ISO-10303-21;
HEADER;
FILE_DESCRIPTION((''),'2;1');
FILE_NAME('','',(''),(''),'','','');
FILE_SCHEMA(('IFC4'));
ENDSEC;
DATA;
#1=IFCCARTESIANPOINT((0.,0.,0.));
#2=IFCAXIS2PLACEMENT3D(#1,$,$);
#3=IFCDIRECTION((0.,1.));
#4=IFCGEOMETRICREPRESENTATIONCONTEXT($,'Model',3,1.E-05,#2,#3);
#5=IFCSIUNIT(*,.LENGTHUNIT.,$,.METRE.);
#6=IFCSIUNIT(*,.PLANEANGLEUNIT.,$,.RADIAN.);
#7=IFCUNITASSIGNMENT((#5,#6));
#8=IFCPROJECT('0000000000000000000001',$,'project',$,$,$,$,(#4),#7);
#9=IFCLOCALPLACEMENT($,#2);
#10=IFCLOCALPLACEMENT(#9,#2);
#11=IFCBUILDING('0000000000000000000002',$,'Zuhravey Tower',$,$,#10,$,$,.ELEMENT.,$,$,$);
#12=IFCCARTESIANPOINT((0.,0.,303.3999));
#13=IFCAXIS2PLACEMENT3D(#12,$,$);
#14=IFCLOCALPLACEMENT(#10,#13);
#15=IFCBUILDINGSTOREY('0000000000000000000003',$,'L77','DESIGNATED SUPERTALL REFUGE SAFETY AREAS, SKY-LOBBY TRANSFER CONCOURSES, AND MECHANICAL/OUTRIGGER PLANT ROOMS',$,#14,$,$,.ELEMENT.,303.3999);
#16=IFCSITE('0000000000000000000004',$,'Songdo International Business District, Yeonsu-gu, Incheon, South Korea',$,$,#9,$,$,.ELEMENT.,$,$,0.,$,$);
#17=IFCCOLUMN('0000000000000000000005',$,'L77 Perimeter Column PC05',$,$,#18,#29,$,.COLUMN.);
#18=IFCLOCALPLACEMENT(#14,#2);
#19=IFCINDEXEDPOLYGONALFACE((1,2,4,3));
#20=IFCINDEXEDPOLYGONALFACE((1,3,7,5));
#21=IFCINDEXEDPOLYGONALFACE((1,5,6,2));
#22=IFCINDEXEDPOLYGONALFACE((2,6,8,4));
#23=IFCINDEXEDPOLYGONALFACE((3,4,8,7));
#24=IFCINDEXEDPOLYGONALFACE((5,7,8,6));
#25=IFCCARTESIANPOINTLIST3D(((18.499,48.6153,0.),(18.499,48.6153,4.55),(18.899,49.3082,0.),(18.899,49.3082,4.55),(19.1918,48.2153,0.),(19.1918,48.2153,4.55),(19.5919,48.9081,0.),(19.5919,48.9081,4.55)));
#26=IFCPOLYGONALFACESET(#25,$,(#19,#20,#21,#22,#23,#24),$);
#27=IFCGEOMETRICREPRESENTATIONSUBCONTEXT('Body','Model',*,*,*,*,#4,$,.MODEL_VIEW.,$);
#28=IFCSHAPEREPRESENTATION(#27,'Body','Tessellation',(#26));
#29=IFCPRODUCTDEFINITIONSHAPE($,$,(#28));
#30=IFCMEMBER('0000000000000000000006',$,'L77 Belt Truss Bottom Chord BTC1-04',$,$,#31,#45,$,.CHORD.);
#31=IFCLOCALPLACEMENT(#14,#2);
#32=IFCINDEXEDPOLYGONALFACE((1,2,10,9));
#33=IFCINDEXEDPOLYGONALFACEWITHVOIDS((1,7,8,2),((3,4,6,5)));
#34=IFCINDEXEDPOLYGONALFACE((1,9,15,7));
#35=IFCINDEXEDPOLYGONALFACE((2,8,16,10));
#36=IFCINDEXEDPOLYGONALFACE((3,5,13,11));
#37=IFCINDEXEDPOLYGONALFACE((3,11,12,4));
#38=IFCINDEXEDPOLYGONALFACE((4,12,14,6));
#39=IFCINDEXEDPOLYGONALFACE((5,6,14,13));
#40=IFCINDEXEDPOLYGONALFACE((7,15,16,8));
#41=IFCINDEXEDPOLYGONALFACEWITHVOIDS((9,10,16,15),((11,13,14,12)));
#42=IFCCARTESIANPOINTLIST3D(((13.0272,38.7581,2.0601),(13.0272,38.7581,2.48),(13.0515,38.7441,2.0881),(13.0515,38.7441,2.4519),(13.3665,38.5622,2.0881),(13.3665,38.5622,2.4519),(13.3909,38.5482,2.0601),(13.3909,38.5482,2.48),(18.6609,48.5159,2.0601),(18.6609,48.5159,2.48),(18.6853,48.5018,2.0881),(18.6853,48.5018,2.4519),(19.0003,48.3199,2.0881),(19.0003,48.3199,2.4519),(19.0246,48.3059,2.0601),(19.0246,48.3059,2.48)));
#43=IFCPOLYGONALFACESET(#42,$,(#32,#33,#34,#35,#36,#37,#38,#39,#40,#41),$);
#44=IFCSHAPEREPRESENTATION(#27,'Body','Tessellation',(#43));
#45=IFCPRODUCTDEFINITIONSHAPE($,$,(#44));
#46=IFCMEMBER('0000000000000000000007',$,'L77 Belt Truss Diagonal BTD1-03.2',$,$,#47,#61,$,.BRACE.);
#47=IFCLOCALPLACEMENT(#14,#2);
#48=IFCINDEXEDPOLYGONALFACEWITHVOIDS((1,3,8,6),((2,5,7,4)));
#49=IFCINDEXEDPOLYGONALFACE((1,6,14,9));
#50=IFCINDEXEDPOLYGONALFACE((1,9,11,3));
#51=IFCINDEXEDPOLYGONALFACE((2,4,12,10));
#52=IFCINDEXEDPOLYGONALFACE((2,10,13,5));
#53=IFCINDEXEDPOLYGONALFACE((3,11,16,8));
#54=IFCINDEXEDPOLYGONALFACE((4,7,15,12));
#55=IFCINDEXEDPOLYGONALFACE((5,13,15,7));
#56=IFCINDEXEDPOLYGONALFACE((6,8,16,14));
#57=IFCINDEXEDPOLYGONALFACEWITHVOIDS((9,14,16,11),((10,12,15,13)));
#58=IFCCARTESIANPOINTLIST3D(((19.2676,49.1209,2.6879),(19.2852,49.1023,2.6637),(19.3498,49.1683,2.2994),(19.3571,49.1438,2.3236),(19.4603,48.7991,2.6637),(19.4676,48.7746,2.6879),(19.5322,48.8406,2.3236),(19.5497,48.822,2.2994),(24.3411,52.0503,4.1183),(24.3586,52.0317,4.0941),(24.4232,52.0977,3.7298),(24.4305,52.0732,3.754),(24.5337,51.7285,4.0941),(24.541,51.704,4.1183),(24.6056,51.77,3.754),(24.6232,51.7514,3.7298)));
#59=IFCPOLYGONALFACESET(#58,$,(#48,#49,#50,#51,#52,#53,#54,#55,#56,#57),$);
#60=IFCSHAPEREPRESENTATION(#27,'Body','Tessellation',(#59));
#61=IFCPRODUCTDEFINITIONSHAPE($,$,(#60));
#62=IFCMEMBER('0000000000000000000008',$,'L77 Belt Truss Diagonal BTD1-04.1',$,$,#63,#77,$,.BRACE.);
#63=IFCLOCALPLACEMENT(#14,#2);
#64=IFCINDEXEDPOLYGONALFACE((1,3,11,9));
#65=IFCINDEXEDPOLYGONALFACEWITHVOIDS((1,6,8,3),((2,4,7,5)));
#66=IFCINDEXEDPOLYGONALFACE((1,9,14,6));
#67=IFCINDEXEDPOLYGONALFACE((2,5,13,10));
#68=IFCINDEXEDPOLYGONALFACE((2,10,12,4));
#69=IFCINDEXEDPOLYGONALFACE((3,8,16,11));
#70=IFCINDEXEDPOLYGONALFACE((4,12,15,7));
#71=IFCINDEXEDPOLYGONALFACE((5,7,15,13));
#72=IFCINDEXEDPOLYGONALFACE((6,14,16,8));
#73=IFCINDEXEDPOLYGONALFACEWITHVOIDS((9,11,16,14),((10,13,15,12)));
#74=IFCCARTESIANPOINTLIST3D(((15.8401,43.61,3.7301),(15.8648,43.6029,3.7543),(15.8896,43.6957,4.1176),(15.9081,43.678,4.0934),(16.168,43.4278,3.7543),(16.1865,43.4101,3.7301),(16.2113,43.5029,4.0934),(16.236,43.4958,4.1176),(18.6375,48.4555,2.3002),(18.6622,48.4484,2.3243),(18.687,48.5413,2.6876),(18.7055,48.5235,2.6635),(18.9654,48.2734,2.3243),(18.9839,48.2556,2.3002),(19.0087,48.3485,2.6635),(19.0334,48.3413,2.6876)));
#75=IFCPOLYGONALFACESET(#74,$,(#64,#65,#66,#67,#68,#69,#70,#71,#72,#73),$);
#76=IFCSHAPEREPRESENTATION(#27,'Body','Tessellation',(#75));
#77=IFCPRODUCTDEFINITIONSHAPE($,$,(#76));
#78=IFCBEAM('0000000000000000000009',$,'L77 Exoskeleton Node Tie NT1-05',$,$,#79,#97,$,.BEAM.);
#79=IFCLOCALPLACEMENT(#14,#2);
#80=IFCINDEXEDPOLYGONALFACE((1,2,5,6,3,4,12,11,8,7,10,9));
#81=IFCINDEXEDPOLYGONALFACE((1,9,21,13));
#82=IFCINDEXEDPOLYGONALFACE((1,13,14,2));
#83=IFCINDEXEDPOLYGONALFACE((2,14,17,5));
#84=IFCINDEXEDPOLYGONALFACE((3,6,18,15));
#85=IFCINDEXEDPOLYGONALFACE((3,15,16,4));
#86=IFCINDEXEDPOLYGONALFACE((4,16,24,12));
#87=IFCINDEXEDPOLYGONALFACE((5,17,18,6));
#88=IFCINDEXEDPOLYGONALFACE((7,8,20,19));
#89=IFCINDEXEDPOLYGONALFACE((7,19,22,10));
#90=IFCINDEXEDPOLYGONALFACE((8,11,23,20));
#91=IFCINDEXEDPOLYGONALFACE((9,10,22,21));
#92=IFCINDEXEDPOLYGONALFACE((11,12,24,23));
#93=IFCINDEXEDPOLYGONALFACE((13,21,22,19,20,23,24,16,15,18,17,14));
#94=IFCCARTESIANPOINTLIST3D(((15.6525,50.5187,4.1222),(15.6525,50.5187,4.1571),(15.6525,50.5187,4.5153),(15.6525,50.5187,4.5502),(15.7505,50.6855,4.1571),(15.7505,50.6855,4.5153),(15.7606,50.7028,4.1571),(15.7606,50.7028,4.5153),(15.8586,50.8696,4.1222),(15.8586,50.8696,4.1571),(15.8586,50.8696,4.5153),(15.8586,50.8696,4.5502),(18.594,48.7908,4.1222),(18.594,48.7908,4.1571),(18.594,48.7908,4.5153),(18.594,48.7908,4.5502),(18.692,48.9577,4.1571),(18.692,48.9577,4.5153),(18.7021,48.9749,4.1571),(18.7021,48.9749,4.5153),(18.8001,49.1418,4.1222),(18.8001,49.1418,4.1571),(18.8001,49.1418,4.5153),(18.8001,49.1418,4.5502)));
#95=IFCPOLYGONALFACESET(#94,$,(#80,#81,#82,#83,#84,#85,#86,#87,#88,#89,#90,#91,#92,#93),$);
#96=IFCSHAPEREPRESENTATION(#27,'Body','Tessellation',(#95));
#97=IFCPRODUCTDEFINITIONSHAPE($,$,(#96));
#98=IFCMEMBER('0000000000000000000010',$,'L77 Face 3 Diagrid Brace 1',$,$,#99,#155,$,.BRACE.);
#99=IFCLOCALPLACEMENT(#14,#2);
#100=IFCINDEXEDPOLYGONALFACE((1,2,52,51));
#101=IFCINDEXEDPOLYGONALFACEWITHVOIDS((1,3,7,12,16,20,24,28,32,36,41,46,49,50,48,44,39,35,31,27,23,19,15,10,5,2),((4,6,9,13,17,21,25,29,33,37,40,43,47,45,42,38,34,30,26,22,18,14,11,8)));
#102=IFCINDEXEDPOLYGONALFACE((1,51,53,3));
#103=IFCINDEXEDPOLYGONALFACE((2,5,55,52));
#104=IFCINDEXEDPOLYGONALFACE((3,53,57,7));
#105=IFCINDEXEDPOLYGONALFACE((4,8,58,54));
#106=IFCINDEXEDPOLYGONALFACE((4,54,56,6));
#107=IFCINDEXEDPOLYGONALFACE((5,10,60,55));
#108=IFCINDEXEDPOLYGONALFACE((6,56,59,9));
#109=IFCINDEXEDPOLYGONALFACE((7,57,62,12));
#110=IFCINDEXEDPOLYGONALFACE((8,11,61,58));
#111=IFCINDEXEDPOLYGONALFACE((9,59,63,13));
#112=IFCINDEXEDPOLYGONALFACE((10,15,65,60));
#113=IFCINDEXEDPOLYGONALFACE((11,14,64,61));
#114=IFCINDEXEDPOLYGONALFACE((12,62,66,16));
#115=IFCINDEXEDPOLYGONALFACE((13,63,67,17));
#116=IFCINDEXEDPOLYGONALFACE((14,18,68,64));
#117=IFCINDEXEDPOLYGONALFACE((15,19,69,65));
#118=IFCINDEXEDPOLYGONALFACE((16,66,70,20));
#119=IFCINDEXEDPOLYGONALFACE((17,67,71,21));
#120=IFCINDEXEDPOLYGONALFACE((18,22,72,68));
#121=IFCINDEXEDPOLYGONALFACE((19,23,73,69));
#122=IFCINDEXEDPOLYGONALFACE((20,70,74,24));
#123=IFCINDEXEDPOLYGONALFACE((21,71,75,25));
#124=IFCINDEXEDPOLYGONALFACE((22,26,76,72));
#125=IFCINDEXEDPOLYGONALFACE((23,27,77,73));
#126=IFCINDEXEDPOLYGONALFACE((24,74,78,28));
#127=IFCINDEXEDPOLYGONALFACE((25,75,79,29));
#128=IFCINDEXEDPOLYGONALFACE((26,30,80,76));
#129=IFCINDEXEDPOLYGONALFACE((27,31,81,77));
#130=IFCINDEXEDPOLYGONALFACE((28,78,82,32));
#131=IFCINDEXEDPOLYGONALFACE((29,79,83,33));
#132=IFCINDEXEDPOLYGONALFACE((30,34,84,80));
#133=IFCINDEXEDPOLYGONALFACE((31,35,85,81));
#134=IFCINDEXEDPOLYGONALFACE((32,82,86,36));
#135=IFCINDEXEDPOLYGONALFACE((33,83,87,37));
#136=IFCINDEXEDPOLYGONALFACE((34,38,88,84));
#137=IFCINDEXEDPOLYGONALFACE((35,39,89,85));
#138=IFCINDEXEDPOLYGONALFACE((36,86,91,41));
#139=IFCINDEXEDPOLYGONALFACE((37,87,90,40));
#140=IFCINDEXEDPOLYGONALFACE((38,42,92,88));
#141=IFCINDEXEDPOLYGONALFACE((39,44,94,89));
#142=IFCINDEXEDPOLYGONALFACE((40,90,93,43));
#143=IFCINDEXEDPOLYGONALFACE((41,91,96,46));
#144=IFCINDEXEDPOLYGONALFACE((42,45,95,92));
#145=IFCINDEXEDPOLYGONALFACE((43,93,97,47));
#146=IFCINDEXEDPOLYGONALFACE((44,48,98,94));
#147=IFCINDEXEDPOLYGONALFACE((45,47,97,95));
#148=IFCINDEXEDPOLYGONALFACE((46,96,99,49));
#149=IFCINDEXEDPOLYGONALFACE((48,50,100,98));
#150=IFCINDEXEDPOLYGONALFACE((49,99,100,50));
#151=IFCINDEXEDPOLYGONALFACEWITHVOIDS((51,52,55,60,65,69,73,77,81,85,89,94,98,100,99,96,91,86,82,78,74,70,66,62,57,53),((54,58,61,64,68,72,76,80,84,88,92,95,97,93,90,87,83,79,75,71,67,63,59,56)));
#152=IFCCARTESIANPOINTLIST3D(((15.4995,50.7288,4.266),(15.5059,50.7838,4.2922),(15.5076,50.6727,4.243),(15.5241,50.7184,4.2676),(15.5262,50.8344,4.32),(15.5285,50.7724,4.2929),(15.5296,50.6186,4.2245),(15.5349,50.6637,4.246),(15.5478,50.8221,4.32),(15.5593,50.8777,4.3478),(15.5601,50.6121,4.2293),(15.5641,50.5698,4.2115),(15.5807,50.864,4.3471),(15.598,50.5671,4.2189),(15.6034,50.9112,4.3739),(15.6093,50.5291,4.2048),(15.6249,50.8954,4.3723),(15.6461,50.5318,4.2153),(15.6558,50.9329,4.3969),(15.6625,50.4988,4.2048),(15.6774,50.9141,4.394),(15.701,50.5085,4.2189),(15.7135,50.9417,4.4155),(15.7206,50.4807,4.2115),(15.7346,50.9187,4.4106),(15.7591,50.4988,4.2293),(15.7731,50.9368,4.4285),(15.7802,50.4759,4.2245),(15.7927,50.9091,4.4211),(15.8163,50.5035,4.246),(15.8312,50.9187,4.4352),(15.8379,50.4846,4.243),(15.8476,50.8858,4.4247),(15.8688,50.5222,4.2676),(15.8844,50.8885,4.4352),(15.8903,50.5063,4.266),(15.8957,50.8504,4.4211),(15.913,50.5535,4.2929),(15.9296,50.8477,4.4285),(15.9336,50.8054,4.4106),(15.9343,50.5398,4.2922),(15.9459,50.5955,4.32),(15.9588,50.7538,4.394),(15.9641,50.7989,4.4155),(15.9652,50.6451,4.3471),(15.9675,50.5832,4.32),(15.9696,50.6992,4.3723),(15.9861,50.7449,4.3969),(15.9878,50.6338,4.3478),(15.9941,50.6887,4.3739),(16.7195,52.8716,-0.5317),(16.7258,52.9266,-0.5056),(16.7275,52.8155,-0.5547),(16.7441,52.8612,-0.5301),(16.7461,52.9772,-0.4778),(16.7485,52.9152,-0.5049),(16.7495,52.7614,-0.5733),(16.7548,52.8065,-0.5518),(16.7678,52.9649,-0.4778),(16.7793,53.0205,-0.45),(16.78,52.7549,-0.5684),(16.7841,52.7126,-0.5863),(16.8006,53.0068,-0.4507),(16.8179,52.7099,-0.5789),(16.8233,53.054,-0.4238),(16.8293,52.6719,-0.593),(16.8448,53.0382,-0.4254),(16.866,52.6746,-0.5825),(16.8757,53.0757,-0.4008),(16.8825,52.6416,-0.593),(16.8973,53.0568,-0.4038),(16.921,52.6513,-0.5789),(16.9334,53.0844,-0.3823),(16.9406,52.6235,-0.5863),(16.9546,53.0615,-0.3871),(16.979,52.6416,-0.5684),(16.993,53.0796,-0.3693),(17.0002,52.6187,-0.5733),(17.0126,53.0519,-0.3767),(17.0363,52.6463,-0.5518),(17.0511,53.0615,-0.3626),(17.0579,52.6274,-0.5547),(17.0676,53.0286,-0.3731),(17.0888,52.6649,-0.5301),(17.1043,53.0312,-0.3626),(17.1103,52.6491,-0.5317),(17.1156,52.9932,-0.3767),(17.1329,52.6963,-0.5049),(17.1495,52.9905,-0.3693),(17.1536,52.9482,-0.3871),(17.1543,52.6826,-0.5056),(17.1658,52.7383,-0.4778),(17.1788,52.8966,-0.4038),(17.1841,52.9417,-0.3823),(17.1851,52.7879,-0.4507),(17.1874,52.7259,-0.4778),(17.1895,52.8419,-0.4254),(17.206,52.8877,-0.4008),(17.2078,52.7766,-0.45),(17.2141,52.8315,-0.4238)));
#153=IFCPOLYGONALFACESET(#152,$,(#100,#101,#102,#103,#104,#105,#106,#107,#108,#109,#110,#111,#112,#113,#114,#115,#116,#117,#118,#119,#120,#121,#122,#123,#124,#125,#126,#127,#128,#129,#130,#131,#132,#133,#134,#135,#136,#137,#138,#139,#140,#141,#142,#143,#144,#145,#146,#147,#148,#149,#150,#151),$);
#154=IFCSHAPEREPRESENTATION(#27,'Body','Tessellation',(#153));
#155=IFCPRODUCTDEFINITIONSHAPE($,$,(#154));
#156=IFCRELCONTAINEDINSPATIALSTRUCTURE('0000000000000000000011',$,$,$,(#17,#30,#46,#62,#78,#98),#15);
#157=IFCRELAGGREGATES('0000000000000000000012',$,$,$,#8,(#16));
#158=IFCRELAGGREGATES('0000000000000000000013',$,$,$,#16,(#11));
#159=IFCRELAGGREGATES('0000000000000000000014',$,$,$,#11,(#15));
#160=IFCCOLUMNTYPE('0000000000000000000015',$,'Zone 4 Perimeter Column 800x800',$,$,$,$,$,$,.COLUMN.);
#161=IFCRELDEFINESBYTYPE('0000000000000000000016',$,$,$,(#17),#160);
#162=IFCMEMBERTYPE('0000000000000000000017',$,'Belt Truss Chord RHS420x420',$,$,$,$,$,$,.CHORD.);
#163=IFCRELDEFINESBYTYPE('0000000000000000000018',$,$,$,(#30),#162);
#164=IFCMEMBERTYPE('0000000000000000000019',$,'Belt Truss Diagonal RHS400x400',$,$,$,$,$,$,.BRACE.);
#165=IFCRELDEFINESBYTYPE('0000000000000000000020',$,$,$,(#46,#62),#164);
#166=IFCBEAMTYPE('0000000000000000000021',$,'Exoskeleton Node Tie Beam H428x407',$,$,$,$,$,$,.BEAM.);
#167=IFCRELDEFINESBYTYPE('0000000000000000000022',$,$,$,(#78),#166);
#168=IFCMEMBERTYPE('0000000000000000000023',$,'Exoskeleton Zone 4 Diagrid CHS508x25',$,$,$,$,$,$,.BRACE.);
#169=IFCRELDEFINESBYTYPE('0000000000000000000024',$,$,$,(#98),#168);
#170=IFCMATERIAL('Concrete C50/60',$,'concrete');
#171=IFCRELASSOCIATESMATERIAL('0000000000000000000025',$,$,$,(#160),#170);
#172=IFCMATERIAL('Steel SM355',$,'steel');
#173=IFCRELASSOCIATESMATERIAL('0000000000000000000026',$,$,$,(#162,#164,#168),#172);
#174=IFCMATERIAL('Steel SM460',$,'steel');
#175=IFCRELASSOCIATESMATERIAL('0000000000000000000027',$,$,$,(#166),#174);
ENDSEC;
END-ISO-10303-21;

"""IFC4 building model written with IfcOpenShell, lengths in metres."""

from ifc_helpers import new_model, si_unit, direction, frame, origin, origin_2d, place, context, subcontext, project, spatial, rectangle, hollow_rectangle, hollow_circle, i_section, extrude, material, material_profile, profile_set, type_object, element, save


model = new_model("IFC4")

# Units and contexts
model_context = context("Model", 3, precision=1e-05, world=origin(), true_north=direction((0.0, 1.0)))
body_context = subcontext(model_context, "Body", "Model", "MODEL_VIEW")
ifc_project = project(units=[si_unit("LENGTHUNIT", "METRE"), si_unit("PLANEANGLEUNIT", "RADIAN")], contexts=[model_context])

# Site, building, storey
site_placement = place(None, origin())
site = spatial("IfcSite", under=ifc_project, at=site_placement, Name="Songdo International Business District, Yeonsu-gu, Incheon, South Korea", CompositionType="ELEMENT", RefElevation=0.0)
building_placement = place(site_placement, origin())
building = spatial("IfcBuilding", under=site, at=building_placement, Name="Zuhravey Tower", CompositionType="ELEMENT")
storey_placement = place(building_placement, frame((0.0, 0.0, 303.3999)))
storey = spatial("IfcBuildingStorey", under=building, at=storey_placement, Name="L77", Description="DESIGNATED SUPERTALL REFUGE SAFETY AREAS, SKY-LOBBY TRANSFER CONCOURSES, AND MECHANICAL/OUTRIGGER PLANT ROOMS", CompositionType="ELEMENT", Elevation=303.3999)

# Column
ifc_material_1 = material(Name="Concrete C50/60", Category="concrete")
ifc_material_profile_1 = material_profile(ifc_material_1, rectangle(XDim=0.8, YDim=0.8, at=origin_2d()), Name="RC-800x800")
ifc_profile_set_1 = profile_set([ifc_material_profile_1], Name="Concrete C50/60")
column_type = type_object("IfcColumnType", Name="Zone 4 Perimeter Column 800x800", PredefinedType="COLUMN", material=ifc_profile_set_1)
column_placement = place(storey_placement, frame((19.0454, 48.7617, 0.0), z_axis=(0.0, 0.0, 1.0), x_axis=(-0.5, -0.866025, 0.0)))
element("IfcColumn", 1, at=column_placement, inside=storey, type_object=column_type, Name="L77 Perimeter Column PC05", PredefinedType="COLUMN", context=body_context, shape_type="SweptSolid", body=[
    extrude(rectangle(XDim=0.8, YDim=0.8, at=origin_2d()), origin(), (0.0, 0.0, 1.0), 4.55),
])

# Members
ifc_material_2 = material(Name="Steel SM355", Category="steel")
ifc_material_profile_2 = material_profile(ifc_material_2, hollow_rectangle(XDim=0.4199, YDim=0.4199, WallThickness=0.0281, at=origin_2d()), Name="RHS-420x420x28")
ifc_profile_set_2 = profile_set([ifc_material_profile_2], Name="Steel SM355")
member_type_1 = type_object("IfcMemberType", Name="Belt Truss Chord RHS420x420", PredefinedType="CHORD", material=ifc_profile_set_2)
member_1_placement = place(storey_placement, frame((18.8428, 48.4109, 2.27), z_axis=(-0.500008, -0.866021, 0.0), x_axis=(0.866021, -0.500008, 0.0)))
element("IfcMember", 2, at=member_1_placement, inside=storey, type_object=member_type_1, Name="L77 Belt Truss Bottom Chord BTC1-04", PredefinedType="CHORD", context=body_context, shape_type="SweptSolid", body=[
    extrude(hollow_rectangle(XDim=0.4199, YDim=0.4199, WallThickness=0.0281, at=origin_2d()), origin(), (0.0, 0.0, 1.0), 11.2673),
])
ifc_material_profile_3 = material_profile(ifc_material_2, hollow_rectangle(XDim=0.3999, YDim=0.3999, WallThickness=0.0249, at=origin_2d()), Name="RHS-400x400x25")
ifc_profile_set_3 = profile_set([ifc_material_profile_3], Name="Steel SM355")
member_type_2 = type_object("IfcMemberType", Name="Belt Truss Diagonal RHS400x400", PredefinedType="BRACE", material=ifc_profile_set_3)
member_2_placement = place(storey_placement, frame((19.4087, 48.9714, 2.4937), z_axis=(0.841292, 0.485764, 0.237194), x_axis=(-0.500034, 0.866006, 0.0)))
element("IfcMember", 3, at=member_2_placement, inside=storey, type_object=member_type_2, Name="L77 Belt Truss Diagonal BTD1-03.2", PredefinedType="BRACE", context=body_context, shape_type="SweptSolid", body=[
    extrude(hollow_rectangle(XDim=0.3999, YDim=0.3999, WallThickness=0.0249, at=origin_2d()), origin(), (0.0, 0.0, 1.0), 6.0305),
])
member_3_placement = place(storey_placement, frame((18.8354, 48.3984, 2.4939), z_axis=(-0.484408, -0.839068, 0.247615), x_axis=(0.866038, -0.499978, 0.0)))
element("IfcMember", 4, at=member_3_placement, inside=storey, type_object=member_type_2, Name="L77 Belt Truss Diagonal BTD1-04.1", PredefinedType="BRACE", context=body_context, shape_type="SweptSolid", body=[
    extrude(hollow_rectangle(XDim=0.3999, YDim=0.3999, WallThickness=0.0249, at=origin_2d()), origin(), (0.0, 0.0, 1.0), 5.7749),
])

# Beam
ifc_material_3 = material(Name="Steel SM460", Category="steel")
ifc_material_profile_4 = material_profile(ifc_material_3, i_section(OverallWidth=0.407, OverallDepth=0.428, WebThickness=0.02, FlangeThickness=0.0349, at=origin_2d()), Name="H-428x407x20x35")
ifc_profile_set_4 = profile_set([ifc_material_profile_4], Name="Steel SM460")
beam_type_1 = type_object("IfcBeamType", Name="Exoskeleton Node Tie Beam H428x407", PredefinedType="BEAM", material=ifc_profile_set_4)
beam_1_placement = place(storey_placement, frame((18.697, 48.9663, 4.3362), z_axis=(-0.862249, 0.506485, 0.0), x_axis=(-0.506485, -0.862249, 0.0)))
element("IfcBeam", 5, at=beam_1_placement, inside=storey, type_object=beam_type_1, Name="L77 Exoskeleton Node Tie NT1-05", PredefinedType="BEAM", context=body_context, shape_type="SweptSolid", body=[
    extrude(i_section(OverallWidth=0.407, OverallDepth=0.428, WebThickness=0.02, FlangeThickness=0.0349, at=origin_2d()), origin(), (0.0, 0.0, 1.0), 3.4114),
])

# Member
ifc_material_profile_5 = material_profile(ifc_material_2, hollow_circle(Radius=0.2539, WallThickness=0.0249, at=origin_2d()), Name="CHS-508.0x25")
ifc_profile_set_5 = profile_set([ifc_material_profile_5], Name="Steel SM355")
member_type_3 = type_object("IfcMemberType", Name="Exoskeleton Zone 4 Diagrid CHS508x25", PredefinedType="BRACE", material=ifc_profile_set_5)
member_4_placement = place(storey_placement, frame((16.9668, 52.8516, -0.4778), z_axis=(-0.226156, -0.397232, 0.889416), x_axis=(0.869028, -0.494763, 0.0)))
element("IfcMember", 6, at=member_4_placement, inside=storey, type_object=member_type_3, Name="L77 Face 3 Diagrid Brace 1", PredefinedType="BRACE", context=body_context, shape_type="SweptSolid", body=[
    extrude(hollow_circle(Radius=0.2539, WallThickness=0.0249, at=origin_2d()), origin(), (0.0, 0.0, 1.0), 5.3943),
])

save(model, "model.ifc")
